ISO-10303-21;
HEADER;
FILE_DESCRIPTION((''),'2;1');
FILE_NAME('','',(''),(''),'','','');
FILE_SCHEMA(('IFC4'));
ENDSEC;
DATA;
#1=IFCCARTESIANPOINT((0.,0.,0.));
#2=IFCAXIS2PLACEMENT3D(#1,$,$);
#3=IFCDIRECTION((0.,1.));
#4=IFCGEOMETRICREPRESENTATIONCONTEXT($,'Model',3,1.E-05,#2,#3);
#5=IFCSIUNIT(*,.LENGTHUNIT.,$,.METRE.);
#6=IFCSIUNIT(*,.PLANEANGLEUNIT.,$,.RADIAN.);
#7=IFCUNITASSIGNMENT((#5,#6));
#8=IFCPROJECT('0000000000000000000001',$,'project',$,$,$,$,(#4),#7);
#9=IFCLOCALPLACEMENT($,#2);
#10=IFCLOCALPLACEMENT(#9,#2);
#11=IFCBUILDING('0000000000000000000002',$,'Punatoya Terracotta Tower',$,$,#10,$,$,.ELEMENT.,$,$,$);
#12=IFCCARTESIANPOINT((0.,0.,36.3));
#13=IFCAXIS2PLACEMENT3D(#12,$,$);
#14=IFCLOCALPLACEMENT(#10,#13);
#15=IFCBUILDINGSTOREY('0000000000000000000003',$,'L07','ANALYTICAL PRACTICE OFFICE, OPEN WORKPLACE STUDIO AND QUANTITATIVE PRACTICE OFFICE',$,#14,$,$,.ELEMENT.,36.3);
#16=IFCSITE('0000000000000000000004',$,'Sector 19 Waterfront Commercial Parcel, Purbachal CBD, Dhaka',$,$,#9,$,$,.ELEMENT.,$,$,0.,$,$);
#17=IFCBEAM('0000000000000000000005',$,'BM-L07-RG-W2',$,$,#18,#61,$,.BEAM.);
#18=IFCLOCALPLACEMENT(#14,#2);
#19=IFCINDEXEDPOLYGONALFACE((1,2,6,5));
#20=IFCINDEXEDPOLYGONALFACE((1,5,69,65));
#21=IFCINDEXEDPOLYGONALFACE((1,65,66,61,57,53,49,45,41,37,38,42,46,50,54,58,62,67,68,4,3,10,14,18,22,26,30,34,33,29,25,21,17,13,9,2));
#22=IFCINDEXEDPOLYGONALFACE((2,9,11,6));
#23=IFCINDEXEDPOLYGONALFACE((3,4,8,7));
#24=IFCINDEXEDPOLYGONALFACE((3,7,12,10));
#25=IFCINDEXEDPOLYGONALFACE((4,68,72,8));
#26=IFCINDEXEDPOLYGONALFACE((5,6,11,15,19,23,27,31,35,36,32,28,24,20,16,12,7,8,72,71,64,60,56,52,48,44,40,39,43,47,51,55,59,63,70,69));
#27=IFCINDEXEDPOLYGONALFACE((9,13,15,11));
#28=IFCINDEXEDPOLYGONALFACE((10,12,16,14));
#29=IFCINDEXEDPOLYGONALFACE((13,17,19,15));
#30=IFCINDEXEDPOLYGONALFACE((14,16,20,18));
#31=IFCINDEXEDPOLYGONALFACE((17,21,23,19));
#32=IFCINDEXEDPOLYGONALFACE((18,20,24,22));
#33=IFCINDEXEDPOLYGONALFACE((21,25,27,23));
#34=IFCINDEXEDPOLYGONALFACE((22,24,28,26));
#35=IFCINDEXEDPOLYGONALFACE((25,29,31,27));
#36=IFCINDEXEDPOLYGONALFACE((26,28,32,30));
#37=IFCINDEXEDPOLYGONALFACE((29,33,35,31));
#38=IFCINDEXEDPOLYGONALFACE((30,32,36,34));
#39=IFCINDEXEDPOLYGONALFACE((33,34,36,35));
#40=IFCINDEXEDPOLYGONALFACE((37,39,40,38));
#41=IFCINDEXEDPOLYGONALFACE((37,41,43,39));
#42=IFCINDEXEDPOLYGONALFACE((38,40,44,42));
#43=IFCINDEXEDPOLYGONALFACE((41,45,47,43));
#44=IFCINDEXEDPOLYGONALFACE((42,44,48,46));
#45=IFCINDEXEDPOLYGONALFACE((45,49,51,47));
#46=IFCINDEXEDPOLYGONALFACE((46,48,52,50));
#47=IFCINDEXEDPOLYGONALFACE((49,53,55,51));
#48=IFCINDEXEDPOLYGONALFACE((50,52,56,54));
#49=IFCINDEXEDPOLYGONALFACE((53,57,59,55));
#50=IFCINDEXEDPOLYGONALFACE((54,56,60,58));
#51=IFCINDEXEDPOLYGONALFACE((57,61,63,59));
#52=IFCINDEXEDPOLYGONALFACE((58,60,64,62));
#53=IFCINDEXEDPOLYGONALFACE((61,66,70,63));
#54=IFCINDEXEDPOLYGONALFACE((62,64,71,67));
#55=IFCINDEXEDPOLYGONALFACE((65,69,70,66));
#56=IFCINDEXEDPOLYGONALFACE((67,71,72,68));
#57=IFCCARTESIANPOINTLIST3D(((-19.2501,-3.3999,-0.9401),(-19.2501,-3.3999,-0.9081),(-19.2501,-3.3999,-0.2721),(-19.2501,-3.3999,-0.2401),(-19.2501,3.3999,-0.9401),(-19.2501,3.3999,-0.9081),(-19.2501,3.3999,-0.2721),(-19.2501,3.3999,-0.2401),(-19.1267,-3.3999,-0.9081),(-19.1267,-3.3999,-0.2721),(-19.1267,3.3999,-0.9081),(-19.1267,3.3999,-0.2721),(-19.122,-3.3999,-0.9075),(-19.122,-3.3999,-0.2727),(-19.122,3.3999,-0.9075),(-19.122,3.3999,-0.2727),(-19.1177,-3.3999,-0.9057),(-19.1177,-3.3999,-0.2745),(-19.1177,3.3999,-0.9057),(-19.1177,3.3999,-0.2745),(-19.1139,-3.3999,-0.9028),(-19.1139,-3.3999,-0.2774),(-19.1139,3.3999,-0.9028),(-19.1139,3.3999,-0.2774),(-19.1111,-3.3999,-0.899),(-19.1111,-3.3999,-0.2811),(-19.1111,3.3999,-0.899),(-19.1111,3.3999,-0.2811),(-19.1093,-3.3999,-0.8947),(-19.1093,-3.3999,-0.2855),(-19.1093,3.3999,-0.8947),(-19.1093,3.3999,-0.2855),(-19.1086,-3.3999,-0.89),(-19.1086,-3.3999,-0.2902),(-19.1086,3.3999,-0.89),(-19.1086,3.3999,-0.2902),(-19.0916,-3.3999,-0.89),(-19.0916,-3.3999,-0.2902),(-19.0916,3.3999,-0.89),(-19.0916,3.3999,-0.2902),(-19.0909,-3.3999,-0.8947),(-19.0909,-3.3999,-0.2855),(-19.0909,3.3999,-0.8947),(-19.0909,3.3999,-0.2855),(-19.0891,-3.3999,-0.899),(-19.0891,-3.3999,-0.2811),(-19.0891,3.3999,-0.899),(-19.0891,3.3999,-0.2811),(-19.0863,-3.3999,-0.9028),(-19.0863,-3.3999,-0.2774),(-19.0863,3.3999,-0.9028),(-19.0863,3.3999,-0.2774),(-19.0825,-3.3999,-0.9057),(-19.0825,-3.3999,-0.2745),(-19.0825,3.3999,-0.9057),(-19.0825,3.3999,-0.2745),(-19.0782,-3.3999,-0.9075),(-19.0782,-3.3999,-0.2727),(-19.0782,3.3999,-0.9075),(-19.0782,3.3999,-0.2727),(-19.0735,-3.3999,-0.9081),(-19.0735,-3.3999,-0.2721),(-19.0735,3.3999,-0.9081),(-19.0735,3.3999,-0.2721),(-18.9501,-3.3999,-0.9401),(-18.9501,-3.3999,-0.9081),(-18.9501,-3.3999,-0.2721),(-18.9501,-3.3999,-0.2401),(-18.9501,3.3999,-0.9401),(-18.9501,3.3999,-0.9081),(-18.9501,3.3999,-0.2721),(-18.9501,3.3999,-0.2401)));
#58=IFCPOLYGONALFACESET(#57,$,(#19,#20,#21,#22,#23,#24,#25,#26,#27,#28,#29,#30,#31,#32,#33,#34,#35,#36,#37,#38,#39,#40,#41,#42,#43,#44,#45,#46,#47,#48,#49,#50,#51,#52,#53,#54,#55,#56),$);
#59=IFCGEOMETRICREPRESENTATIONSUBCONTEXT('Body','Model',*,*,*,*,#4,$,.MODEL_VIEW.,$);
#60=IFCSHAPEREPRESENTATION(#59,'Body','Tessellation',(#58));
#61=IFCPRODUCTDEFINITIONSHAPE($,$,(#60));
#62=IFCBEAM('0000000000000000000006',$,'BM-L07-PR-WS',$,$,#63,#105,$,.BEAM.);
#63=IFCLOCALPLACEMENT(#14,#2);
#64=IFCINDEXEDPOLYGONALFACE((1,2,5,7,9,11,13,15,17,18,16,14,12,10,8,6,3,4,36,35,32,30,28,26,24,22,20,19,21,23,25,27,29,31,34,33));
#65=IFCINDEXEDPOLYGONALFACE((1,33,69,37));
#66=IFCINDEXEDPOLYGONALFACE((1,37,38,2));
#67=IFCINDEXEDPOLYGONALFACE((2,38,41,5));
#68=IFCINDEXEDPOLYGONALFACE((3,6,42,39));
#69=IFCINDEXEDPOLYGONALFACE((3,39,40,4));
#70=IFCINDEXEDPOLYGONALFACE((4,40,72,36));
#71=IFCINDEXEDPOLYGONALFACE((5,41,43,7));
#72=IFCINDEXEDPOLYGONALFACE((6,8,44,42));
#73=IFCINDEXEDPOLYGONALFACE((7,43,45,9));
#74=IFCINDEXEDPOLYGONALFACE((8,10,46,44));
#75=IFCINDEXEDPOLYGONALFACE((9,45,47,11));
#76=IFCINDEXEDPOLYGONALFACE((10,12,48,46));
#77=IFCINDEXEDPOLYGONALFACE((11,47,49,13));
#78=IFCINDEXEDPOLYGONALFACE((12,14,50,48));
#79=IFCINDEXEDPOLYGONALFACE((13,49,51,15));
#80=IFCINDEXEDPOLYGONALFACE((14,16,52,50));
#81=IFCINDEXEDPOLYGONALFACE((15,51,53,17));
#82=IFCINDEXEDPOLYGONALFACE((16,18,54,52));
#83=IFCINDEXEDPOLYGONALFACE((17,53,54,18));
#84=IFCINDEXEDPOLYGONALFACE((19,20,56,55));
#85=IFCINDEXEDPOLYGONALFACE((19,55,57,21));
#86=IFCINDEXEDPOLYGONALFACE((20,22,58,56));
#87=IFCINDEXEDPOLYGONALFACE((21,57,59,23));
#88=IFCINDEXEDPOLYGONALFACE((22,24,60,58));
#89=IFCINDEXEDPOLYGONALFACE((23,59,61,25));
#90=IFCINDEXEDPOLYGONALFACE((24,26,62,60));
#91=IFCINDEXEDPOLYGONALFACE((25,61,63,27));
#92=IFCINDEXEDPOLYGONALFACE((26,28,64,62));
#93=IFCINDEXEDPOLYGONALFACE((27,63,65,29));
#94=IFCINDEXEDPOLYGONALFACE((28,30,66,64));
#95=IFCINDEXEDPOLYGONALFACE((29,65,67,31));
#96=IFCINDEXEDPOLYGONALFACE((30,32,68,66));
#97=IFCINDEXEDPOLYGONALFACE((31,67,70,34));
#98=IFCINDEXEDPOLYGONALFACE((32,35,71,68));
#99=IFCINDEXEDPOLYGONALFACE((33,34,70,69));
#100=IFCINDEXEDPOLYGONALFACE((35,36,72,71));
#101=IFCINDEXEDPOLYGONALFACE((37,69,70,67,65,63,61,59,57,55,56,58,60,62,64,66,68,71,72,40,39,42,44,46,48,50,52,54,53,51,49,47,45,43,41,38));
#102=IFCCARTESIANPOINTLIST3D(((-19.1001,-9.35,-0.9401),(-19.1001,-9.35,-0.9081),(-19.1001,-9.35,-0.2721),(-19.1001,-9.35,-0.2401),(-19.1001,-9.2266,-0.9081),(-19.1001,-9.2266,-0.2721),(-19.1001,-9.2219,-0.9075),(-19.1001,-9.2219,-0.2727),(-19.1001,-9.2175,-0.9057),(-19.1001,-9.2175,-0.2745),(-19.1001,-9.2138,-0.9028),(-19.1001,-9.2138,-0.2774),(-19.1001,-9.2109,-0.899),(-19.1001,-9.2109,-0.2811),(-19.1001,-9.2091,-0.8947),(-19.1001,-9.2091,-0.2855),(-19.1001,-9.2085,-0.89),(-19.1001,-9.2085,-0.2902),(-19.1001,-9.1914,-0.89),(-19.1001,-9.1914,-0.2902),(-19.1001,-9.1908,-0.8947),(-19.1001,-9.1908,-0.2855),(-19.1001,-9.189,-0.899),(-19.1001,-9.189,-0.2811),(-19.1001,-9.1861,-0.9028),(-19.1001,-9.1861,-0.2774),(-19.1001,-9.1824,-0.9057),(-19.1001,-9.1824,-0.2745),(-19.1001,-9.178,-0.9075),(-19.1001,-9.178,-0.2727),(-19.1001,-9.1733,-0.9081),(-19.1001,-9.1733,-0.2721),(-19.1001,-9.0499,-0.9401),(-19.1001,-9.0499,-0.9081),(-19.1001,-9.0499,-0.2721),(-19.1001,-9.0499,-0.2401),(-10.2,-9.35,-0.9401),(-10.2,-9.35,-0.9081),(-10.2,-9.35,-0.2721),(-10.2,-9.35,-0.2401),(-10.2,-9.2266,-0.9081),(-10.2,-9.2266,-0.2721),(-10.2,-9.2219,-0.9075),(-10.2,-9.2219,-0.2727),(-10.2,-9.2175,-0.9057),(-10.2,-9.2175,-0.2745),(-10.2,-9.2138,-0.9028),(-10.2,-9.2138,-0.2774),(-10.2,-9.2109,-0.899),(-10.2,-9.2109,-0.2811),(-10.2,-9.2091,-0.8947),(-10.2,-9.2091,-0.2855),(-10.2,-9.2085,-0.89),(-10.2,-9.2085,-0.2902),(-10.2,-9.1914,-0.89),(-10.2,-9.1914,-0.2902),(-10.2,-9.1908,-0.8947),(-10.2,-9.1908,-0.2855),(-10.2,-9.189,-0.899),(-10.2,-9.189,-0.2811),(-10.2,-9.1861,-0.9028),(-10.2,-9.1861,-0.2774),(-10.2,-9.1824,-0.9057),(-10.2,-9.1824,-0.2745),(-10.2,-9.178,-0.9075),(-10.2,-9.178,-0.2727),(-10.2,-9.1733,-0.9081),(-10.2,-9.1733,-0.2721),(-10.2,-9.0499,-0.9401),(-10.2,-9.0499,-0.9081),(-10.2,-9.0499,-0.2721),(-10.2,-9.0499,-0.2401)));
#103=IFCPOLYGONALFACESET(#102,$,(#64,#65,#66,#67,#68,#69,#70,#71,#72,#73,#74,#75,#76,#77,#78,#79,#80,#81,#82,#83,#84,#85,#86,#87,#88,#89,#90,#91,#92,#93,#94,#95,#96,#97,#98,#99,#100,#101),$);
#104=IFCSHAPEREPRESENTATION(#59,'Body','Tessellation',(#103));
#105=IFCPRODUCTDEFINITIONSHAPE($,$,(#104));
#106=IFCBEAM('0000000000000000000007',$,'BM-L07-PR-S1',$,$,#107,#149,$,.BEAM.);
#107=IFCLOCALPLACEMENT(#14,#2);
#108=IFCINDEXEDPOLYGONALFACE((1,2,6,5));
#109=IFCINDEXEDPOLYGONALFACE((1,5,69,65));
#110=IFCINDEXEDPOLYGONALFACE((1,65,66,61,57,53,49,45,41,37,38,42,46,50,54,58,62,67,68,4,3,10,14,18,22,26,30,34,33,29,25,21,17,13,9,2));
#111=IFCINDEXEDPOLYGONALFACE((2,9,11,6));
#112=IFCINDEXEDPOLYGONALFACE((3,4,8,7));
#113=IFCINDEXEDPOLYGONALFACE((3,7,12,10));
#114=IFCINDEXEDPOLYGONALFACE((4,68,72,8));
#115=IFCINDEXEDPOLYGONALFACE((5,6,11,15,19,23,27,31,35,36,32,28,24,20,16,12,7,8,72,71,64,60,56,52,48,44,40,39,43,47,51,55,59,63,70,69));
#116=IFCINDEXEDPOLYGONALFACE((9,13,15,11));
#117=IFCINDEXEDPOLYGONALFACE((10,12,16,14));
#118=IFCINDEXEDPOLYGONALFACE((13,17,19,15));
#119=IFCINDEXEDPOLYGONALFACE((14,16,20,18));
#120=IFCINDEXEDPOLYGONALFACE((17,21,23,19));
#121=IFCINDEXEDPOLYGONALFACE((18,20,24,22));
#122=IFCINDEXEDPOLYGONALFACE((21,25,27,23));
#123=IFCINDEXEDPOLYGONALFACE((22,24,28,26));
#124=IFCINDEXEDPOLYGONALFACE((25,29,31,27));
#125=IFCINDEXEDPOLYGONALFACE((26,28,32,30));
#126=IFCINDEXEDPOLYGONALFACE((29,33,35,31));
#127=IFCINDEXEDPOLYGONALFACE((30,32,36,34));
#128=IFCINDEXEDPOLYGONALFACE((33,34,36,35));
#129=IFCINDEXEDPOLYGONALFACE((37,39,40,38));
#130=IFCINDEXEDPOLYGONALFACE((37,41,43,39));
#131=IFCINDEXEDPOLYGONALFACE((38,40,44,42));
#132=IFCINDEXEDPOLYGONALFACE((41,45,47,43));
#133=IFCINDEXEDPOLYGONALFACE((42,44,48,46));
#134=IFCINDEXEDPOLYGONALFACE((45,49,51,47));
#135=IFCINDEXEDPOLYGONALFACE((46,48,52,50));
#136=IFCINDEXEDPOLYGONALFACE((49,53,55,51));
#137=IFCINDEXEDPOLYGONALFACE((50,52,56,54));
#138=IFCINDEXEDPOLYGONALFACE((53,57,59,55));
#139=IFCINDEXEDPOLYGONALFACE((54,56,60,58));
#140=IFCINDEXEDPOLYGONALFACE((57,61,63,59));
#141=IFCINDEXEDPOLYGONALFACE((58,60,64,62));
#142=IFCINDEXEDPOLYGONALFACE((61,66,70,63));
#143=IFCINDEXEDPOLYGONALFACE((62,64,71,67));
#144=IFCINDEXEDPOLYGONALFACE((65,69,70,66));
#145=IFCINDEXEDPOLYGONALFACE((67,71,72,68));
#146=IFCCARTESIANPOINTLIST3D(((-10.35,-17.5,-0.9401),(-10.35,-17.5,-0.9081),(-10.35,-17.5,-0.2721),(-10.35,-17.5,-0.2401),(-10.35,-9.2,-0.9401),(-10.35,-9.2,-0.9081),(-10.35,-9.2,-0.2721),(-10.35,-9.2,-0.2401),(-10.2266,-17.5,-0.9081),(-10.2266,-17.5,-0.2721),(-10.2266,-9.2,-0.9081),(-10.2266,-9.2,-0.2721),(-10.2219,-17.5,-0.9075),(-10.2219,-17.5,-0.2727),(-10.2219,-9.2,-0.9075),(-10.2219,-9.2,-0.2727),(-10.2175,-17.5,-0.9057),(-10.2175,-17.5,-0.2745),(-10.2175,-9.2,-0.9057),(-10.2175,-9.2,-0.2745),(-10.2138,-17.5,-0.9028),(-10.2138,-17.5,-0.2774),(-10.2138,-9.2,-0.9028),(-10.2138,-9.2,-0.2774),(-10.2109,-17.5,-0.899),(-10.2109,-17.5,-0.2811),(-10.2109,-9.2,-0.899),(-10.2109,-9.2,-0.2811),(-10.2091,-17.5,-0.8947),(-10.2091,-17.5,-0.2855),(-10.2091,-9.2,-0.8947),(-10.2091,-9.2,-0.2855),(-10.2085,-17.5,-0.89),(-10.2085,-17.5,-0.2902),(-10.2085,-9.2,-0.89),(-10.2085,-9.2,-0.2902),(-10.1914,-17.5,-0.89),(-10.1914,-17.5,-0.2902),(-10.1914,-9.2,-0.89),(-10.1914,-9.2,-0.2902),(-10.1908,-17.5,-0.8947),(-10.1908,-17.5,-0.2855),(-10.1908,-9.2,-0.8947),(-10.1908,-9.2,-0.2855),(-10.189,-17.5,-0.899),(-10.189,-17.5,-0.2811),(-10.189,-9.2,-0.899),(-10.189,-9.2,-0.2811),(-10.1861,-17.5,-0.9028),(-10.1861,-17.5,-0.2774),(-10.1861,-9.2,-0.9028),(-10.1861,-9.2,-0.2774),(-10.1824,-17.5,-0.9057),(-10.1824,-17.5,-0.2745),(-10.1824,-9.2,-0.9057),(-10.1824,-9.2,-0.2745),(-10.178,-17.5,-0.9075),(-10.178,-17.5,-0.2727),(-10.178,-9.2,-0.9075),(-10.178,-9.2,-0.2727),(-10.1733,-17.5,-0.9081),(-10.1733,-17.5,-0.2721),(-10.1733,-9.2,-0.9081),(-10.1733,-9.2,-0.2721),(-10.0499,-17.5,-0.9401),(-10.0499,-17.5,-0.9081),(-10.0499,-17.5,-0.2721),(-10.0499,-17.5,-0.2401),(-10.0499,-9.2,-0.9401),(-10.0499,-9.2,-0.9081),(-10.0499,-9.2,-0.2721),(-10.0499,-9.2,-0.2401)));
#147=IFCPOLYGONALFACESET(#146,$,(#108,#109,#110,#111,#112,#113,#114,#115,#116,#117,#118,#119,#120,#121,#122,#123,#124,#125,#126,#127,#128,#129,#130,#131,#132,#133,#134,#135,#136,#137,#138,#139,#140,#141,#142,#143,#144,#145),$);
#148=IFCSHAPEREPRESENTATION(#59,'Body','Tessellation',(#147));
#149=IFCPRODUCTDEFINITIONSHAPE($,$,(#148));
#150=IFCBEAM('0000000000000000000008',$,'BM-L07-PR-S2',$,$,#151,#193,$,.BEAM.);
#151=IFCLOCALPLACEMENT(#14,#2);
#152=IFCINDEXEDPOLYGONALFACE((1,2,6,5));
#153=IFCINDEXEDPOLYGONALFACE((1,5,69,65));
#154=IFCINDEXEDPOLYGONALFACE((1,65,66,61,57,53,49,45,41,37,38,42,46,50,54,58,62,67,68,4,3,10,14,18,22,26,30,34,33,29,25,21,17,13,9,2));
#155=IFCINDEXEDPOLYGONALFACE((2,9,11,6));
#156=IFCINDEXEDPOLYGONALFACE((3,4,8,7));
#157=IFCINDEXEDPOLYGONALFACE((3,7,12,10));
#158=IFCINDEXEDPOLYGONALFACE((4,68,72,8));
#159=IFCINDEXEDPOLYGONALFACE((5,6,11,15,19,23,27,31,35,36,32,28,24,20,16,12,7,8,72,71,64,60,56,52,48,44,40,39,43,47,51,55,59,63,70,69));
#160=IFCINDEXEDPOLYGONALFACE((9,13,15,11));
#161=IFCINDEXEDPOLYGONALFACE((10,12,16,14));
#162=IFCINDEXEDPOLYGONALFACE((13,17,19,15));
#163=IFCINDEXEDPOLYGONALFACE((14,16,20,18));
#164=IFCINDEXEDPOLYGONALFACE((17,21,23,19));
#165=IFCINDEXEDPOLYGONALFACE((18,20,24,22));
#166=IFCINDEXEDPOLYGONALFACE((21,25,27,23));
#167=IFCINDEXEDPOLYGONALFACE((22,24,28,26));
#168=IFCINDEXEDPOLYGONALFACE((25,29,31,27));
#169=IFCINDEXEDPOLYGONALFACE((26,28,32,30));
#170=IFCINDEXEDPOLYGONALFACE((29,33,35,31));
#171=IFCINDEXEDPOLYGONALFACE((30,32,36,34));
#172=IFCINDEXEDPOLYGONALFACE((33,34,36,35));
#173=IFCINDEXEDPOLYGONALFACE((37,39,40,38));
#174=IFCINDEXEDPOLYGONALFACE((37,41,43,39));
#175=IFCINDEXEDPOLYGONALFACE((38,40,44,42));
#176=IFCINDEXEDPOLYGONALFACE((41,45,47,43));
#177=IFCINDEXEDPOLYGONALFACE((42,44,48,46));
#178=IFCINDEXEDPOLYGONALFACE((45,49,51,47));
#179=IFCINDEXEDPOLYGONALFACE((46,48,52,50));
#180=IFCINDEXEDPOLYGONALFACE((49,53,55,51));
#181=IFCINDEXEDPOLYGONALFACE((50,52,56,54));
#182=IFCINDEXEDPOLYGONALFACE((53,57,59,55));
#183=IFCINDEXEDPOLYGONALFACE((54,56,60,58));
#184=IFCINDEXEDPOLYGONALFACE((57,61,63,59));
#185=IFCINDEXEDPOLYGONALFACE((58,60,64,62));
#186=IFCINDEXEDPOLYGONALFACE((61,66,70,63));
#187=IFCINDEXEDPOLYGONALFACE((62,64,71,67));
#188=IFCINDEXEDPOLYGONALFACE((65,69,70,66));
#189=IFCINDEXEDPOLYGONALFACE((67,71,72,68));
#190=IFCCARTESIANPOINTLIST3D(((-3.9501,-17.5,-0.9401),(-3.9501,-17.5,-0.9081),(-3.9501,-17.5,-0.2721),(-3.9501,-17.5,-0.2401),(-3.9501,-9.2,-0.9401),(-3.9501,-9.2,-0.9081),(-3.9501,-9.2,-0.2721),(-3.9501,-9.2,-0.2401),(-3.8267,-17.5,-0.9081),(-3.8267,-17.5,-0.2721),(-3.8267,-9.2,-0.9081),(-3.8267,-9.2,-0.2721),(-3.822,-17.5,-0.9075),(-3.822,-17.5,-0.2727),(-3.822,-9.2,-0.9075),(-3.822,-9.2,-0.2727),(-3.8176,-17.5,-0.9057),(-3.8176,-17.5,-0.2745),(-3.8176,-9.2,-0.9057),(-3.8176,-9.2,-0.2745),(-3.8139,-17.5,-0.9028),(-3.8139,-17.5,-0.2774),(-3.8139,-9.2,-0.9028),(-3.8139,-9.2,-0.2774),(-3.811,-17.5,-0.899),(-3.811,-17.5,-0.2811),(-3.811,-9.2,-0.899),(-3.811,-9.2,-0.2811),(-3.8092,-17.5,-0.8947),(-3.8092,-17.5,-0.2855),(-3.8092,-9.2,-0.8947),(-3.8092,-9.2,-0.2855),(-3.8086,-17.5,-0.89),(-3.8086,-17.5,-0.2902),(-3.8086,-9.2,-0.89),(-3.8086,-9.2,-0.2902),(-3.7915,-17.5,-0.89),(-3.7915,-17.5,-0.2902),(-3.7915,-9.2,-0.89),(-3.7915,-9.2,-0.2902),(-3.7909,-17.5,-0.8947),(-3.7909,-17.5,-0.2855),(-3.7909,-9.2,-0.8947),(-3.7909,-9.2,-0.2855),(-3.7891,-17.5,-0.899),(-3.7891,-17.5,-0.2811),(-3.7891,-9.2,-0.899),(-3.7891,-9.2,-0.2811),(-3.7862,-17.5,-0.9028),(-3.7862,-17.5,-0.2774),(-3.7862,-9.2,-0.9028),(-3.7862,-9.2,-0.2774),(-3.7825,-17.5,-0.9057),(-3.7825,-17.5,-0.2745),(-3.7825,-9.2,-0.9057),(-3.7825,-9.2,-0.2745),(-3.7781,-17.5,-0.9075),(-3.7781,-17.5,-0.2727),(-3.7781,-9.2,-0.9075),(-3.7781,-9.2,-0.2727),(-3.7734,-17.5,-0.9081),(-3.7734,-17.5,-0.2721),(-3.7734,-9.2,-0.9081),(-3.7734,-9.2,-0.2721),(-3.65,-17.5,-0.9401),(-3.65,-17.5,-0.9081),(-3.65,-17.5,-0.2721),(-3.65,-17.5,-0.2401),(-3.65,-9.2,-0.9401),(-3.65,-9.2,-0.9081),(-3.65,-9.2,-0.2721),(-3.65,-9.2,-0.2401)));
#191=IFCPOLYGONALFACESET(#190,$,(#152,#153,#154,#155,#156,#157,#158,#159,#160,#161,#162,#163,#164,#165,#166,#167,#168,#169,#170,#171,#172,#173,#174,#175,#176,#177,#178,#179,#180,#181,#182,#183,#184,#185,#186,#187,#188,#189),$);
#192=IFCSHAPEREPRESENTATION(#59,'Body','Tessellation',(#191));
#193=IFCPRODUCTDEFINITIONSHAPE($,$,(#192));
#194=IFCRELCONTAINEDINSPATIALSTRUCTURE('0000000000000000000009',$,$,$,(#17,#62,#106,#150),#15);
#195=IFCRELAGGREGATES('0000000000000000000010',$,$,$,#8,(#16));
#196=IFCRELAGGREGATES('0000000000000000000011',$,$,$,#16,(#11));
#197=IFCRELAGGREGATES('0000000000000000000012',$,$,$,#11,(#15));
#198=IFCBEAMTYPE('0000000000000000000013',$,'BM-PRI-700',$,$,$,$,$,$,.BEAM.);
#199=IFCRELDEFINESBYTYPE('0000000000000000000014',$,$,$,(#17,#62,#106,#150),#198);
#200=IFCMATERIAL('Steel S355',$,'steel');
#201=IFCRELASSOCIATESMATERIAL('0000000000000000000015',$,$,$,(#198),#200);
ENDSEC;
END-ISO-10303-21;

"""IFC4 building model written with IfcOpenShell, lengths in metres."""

from ifc_helpers import new_model, si_unit, direction, frame, origin, origin_2d, place, context, subcontext, project, spatial, i_section, extrude, material, material_profile, profile_set, type_object, element, save


model = new_model("IFC4")

# Units and contexts
model_context = context("Model", 3, precision=1e-05, world=origin(), true_north=direction((0.0, 1.0)))
body_context = subcontext(model_context, "Body", "Model", "MODEL_VIEW")
ifc_project = project(units=[si_unit("LENGTHUNIT", "METRE"), si_unit("PLANEANGLEUNIT", "RADIAN")], contexts=[model_context])

# Site, building, storey
site_placement = place(None, origin())
site = spatial("IfcSite", under=ifc_project, at=site_placement, Name="Sector 19 Waterfront Commercial Parcel, Purbachal CBD, Dhaka", CompositionType="ELEMENT", RefElevation=0.0)
building_placement = place(site_placement, origin())
building = spatial("IfcBuilding", under=site, at=building_placement, Name="Punatoya Terracotta Tower", CompositionType="ELEMENT")
storey_placement = place(building_placement, frame((0.0, 0.0, 36.3)))
storey = spatial("IfcBuildingStorey", under=building, at=storey_placement, Name="L07", Description="ANALYTICAL PRACTICE OFFICE, OPEN WORKPLACE STUDIO AND QUANTITATIVE PRACTICE OFFICE", CompositionType="ELEMENT", Elevation=36.3)

# Beams
ifc_material_1 = material(Name="Steel S355", Category="steel")
ifc_material_profile_1 = material_profile(ifc_material_1, i_section(OverallWidth=0.3, OverallDepth=0.7, WebThickness=0.0171, FlangeThickness=0.032, FilletRadius=0.0181, at=origin_2d()))
ifc_profile_set_1 = profile_set([ifc_material_profile_1], Name="Steel S355")
beam_type_1 = type_object("IfcBeamType", Name="BM-PRI-700", PredefinedType="BEAM", material=ifc_profile_set_1)
beam_1_placement = place(storey_placement, frame((-19.1001, -3.3999, -0.5901), z_axis=(0.0, 1.0, 0.0), x_axis=(-1.0, 0.0, 0.0)))
element("IfcBeam", 1, at=beam_1_placement, inside=storey, type_object=beam_type_1, Name="BM-L07-RG-W2", PredefinedType="BEAM", context=body_context, shape_type="SweptSolid", body=[
    extrude(i_section(OverallWidth=0.3, OverallDepth=0.7, WebThickness=0.0171, FlangeThickness=0.032, FilletRadius=0.0181, at=origin_2d()), origin(), (0.0, 0.0, 1.0), 6.7998),
])
beam_2_placement = place(storey_placement, frame((-19.1001, -9.2, -0.5901), z_axis=(1.0, 0.0, 0.0), x_axis=(0.0, 1.0, 0.0)))
element("IfcBeam", 2, at=beam_2_placement, inside=storey, type_object=beam_type_1, Name="BM-L07-PR-WS", PredefinedType="BEAM", context=body_context, shape_type="SweptSolid", body=[
    extrude(i_section(OverallWidth=0.3, OverallDepth=0.7, WebThickness=0.0171, FlangeThickness=0.032, FilletRadius=0.0181, at=origin_2d()), origin(), (0.0, 0.0, 1.0), 8.9001),
])
for number, where, z_axis, x_axis, name in (
    (3, (-10.2, -17.5, -0.5901), (0.0, 1.0, 0.0), (-1.0, 0.0, 0.0), "BM-L07-PR-S1"),
    (4, (-3.8, -17.5, -0.5901), (0.0, 1.0, 0.0), (-1.0, 0.0, 0.0), "BM-L07-PR-S2"),
):
    element("IfcBeam", number, at=place(storey_placement, frame(where, z_axis=z_axis, x_axis=x_axis)), inside=storey, type_object=beam_type_1, Name=name, PredefinedType="BEAM", context=body_context, shape_type="SweptSolid", body=[
        extrude(i_section(OverallWidth=0.3, OverallDepth=0.7, WebThickness=0.0171, FlangeThickness=0.032, FilletRadius=0.0181, at=origin_2d()), origin(), (0.0, 0.0, 1.0), 8.3),
    ])

save(model, "model.ifc")
